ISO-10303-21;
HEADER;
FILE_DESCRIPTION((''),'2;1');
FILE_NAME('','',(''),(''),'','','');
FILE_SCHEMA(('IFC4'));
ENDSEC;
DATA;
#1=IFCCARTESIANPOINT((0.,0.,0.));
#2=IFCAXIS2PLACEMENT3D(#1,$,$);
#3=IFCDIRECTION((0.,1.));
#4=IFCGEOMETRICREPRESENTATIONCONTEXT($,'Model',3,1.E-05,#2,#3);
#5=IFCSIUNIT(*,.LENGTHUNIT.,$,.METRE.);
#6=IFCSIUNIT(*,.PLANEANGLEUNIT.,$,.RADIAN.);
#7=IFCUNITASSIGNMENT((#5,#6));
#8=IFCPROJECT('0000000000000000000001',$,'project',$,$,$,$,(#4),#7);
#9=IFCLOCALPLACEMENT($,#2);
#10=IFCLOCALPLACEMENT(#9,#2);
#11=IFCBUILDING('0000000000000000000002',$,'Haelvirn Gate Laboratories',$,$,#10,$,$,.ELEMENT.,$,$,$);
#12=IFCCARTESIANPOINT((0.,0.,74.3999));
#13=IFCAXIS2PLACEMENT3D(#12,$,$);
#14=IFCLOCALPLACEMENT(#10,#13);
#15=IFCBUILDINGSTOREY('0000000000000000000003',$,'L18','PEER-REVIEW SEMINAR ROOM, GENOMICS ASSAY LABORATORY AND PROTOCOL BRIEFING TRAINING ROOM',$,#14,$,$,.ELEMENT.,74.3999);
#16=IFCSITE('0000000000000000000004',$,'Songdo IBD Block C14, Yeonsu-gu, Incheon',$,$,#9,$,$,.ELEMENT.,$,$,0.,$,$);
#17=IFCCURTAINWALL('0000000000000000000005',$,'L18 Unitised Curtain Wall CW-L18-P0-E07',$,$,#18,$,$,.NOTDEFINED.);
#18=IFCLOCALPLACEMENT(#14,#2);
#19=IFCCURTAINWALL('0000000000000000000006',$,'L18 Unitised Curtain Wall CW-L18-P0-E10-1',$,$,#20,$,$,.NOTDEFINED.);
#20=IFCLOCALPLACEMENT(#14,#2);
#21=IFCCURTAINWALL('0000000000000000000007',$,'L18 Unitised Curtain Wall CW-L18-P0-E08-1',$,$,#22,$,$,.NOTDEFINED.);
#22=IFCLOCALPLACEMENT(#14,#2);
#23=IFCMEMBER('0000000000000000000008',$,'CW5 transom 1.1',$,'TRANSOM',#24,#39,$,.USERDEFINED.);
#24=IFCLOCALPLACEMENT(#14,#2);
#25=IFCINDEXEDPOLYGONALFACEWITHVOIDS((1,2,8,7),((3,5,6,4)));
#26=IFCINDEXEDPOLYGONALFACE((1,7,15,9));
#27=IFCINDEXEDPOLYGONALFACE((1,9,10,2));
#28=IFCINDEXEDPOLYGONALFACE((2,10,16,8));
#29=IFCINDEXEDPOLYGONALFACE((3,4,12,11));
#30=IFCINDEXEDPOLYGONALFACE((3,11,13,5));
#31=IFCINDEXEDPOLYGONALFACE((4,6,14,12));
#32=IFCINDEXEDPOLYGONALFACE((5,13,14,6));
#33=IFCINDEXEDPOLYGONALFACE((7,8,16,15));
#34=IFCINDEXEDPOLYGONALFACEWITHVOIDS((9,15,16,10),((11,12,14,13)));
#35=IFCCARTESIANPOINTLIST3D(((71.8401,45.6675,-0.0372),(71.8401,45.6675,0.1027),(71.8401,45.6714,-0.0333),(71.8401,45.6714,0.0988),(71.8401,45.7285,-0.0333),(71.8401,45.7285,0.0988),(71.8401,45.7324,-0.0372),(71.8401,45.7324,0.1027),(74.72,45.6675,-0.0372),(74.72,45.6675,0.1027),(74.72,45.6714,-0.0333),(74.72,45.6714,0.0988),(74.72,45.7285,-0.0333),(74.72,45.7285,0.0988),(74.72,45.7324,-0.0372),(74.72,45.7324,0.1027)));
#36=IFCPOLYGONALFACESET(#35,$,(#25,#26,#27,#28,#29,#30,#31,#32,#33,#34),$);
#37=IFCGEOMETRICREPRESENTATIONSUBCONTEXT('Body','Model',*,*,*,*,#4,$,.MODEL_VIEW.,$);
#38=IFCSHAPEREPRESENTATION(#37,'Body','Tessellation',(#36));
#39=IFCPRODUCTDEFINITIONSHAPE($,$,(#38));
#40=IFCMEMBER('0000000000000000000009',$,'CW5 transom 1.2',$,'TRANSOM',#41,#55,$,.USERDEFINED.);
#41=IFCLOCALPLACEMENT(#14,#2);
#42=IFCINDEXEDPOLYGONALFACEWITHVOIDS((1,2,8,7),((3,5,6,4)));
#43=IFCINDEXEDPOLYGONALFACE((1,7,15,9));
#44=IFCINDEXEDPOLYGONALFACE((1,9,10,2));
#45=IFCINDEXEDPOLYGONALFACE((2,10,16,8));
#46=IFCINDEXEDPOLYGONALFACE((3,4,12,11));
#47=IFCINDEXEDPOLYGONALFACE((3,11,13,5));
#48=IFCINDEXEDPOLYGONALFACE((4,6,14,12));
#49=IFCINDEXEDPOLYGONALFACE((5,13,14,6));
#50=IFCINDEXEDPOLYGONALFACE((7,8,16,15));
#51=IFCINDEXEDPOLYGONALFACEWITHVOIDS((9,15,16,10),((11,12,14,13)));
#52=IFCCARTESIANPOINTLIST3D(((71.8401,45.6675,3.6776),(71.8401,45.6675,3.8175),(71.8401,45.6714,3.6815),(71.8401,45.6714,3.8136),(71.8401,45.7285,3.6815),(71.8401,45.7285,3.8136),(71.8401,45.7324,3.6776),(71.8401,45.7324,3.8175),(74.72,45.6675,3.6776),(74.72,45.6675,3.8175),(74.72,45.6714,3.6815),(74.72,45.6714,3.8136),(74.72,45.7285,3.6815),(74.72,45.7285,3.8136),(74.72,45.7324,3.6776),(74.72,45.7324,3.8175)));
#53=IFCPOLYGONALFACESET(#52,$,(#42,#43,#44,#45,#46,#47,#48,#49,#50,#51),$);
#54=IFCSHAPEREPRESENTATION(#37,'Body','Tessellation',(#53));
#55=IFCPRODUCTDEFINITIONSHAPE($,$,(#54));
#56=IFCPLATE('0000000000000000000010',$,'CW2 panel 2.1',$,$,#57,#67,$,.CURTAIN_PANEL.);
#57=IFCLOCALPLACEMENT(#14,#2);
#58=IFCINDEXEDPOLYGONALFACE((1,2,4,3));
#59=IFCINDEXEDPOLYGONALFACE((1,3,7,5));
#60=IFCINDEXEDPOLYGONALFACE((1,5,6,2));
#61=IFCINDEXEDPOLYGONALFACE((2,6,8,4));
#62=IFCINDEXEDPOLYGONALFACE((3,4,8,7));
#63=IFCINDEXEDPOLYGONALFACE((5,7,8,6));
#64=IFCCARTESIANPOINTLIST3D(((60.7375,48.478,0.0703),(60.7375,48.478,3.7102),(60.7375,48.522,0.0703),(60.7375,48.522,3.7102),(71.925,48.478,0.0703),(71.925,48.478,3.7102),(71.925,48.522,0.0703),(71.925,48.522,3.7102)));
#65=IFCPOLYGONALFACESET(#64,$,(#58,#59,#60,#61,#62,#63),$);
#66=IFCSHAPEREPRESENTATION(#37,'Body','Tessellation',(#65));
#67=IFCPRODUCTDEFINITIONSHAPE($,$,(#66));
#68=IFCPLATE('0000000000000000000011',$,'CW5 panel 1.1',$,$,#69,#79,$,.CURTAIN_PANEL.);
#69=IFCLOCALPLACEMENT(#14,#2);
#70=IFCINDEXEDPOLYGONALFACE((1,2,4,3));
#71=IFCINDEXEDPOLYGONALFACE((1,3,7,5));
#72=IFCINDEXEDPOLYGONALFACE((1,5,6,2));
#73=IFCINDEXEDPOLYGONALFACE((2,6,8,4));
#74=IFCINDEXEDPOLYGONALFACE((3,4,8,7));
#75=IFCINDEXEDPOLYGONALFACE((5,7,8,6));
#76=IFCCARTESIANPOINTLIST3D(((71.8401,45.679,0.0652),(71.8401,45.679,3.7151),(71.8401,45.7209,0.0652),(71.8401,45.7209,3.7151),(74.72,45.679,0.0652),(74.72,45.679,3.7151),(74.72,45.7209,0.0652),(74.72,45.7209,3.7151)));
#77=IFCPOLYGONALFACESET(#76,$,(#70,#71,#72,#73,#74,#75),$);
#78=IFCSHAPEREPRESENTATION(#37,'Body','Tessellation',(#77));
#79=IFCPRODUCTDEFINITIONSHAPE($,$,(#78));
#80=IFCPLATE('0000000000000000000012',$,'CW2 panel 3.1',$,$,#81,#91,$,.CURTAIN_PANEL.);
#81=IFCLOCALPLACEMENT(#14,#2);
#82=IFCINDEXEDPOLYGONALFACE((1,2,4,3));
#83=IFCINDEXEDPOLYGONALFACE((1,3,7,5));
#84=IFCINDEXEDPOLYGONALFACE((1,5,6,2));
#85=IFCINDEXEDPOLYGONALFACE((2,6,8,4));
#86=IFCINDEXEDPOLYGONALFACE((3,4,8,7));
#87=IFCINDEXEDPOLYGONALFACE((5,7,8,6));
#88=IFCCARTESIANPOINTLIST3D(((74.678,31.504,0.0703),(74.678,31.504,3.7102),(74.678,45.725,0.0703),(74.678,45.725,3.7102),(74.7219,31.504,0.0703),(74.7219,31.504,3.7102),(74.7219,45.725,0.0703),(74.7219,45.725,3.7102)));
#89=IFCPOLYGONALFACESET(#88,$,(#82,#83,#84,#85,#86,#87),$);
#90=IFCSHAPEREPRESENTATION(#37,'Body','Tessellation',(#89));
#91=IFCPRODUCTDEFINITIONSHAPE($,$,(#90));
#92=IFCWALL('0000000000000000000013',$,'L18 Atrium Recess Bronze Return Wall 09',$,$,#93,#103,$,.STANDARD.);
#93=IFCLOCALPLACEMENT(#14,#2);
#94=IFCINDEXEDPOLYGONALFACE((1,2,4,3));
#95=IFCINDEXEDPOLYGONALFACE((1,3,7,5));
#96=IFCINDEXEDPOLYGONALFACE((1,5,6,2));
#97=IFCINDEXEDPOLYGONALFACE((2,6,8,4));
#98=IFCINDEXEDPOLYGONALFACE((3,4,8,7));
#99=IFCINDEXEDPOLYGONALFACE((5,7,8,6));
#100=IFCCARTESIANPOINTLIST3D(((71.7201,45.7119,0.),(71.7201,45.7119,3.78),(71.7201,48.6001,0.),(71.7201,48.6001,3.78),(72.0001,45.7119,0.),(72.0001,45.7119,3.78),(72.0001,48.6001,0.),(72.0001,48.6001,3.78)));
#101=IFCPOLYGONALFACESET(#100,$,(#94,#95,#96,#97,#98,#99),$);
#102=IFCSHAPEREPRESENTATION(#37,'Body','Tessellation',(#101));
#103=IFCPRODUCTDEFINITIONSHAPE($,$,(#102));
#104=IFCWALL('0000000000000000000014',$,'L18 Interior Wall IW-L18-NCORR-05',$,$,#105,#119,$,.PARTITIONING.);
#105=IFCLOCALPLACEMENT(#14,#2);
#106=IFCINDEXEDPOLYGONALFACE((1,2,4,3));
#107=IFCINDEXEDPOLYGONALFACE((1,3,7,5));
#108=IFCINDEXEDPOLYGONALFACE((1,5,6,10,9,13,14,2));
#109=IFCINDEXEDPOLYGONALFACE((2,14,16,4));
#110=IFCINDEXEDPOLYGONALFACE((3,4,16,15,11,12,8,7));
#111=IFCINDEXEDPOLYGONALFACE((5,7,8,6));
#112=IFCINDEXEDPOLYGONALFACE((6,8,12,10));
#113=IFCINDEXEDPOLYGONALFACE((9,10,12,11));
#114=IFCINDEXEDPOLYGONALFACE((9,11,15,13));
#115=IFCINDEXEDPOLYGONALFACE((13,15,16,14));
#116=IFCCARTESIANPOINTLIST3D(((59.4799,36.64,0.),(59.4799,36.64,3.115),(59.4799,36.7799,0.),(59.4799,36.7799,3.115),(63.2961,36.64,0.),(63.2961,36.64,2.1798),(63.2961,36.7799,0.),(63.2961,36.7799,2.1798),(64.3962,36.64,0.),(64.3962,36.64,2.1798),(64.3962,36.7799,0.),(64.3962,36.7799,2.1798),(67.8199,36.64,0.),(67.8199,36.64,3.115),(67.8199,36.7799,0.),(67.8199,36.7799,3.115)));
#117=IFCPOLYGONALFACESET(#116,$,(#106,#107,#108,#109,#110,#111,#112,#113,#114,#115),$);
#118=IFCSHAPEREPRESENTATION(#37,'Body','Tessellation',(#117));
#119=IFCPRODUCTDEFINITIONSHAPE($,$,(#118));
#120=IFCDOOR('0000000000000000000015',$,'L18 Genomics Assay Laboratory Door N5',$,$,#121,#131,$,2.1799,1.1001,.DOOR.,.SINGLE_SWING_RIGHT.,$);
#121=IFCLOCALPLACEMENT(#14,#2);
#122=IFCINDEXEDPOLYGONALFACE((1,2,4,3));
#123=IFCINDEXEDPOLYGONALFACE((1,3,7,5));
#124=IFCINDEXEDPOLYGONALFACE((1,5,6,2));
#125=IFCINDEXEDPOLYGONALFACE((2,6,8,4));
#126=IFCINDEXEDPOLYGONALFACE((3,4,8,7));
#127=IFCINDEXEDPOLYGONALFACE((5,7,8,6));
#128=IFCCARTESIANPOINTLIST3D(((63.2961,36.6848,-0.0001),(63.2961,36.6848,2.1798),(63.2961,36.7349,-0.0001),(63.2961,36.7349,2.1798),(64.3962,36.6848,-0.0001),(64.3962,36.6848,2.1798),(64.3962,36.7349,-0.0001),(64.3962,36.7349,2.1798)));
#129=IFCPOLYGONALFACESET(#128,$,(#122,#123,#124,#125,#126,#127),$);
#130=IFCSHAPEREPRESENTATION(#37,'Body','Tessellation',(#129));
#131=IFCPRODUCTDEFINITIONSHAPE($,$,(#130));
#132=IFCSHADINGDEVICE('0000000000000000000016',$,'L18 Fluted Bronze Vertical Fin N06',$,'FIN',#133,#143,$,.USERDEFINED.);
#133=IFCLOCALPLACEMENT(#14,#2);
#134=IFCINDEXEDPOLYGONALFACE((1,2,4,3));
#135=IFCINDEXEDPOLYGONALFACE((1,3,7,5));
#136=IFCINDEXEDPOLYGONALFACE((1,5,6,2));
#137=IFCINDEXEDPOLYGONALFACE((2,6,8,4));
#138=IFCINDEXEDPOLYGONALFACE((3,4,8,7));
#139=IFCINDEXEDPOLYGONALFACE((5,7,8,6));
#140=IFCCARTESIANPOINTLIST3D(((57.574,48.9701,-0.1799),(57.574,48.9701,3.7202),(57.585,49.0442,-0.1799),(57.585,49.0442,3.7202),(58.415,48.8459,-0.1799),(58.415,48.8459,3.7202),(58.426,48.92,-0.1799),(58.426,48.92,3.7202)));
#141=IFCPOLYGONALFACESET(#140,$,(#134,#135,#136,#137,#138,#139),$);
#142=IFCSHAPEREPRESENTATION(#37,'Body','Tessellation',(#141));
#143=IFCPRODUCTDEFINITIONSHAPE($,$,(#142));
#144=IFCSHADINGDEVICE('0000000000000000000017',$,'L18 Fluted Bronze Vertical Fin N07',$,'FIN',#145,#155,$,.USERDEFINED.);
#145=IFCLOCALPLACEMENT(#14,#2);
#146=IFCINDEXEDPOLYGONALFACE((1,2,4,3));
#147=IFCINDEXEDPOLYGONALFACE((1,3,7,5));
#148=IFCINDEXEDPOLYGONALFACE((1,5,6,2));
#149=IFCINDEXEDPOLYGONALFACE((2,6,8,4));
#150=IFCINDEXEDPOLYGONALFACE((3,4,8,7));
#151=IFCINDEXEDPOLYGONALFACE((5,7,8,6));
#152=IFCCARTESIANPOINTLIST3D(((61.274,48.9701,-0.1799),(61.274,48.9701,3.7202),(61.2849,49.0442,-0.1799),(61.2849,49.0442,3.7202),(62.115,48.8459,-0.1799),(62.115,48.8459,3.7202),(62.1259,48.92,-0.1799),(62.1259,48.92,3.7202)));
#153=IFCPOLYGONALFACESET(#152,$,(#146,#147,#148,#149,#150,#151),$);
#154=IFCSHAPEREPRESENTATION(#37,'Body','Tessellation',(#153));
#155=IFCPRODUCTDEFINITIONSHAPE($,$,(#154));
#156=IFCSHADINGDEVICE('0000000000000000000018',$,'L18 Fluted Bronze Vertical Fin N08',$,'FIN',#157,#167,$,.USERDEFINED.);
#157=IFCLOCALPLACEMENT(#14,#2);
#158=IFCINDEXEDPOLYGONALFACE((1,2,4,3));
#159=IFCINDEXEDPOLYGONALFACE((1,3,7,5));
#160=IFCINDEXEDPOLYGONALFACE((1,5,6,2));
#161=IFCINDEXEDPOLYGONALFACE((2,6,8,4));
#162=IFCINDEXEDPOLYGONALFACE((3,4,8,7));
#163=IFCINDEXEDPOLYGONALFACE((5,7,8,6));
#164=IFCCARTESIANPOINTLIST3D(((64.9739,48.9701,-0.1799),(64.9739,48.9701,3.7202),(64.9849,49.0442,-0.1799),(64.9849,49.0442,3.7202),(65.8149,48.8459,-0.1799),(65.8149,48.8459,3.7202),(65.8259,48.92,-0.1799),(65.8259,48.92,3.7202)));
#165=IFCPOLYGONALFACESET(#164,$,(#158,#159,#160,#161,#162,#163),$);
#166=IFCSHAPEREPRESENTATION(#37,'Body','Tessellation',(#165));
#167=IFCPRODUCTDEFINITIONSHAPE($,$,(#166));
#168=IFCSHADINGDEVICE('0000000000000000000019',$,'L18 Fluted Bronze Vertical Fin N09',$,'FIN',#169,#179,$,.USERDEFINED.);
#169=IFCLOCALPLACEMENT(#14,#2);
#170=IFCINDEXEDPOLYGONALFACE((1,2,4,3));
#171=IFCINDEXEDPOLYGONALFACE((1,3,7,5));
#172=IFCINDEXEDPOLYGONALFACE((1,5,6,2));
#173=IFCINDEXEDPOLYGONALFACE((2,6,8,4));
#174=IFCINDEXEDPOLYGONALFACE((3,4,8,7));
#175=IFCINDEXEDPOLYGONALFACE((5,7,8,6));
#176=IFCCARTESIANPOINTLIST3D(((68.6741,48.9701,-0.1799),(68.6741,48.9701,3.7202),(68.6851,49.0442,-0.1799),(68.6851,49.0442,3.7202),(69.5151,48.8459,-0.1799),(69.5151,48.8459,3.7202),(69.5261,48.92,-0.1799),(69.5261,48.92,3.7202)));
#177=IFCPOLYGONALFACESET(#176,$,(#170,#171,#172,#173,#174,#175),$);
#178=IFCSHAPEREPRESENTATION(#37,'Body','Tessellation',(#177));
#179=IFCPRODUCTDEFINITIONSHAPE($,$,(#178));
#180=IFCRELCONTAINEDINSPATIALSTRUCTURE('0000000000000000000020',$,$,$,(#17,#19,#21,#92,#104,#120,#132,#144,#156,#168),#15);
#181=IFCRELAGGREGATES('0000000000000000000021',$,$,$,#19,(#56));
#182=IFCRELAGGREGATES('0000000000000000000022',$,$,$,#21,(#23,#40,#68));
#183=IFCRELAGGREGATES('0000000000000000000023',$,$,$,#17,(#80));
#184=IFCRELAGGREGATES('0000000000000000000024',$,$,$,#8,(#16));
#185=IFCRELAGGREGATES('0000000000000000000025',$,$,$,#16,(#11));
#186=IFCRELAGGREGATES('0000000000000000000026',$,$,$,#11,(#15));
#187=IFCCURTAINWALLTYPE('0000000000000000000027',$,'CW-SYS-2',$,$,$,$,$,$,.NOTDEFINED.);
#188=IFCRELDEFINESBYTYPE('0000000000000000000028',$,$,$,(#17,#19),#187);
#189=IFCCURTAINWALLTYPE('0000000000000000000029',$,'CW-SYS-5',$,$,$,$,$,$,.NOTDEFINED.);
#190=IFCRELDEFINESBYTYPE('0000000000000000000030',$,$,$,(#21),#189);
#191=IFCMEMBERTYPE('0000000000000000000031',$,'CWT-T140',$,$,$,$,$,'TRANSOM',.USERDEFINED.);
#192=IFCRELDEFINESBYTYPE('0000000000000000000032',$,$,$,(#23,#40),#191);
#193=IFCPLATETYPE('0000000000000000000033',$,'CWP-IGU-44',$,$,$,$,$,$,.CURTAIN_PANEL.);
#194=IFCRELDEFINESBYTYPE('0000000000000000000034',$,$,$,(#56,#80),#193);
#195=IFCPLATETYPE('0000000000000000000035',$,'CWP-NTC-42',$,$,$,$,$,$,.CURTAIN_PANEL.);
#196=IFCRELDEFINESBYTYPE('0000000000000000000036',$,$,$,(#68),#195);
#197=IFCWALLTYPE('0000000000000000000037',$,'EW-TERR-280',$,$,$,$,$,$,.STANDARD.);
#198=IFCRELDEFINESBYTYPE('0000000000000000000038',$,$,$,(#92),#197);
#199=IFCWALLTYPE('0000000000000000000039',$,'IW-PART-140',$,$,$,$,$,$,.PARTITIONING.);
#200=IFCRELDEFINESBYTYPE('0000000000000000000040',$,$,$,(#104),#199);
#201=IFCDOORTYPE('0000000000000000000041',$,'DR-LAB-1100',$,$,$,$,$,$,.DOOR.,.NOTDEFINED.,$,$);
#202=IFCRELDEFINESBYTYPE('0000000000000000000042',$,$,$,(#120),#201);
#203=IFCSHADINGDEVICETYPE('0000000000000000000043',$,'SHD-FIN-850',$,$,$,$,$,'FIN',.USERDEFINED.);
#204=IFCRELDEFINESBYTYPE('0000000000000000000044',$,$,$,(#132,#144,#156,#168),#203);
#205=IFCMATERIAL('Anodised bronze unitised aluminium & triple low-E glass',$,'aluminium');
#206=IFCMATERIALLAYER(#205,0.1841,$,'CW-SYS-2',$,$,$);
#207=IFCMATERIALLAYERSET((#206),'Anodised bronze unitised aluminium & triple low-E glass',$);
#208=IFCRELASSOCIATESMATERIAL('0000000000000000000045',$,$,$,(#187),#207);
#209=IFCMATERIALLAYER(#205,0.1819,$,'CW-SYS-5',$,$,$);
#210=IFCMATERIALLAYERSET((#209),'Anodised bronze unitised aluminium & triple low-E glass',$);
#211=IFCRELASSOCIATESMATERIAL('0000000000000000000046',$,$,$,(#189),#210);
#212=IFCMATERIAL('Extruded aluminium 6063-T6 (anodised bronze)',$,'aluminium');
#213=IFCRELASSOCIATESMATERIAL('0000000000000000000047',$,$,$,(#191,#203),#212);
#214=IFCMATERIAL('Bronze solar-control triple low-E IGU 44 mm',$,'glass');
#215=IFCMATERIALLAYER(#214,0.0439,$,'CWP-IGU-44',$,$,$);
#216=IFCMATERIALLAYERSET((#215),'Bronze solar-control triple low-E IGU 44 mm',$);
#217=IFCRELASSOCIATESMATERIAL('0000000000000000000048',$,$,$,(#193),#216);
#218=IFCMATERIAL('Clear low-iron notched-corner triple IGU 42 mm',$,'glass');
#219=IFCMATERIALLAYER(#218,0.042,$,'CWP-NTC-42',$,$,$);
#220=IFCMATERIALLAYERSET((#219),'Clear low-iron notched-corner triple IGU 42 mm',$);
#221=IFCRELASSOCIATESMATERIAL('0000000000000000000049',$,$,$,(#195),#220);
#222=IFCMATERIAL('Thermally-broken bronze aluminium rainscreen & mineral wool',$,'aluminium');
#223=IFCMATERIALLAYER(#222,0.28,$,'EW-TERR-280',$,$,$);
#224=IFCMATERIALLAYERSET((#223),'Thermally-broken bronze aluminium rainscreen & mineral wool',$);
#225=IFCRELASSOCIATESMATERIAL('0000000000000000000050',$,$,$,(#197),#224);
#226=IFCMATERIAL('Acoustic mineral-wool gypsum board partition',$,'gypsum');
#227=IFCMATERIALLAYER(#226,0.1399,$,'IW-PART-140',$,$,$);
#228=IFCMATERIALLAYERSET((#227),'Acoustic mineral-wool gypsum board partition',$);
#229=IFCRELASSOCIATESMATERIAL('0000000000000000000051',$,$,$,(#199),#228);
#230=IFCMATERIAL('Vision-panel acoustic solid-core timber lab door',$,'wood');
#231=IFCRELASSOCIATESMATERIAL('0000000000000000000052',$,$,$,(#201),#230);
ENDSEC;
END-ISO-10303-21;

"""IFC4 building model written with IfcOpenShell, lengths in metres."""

from ifc_helpers import new_model, si_unit, direction, frame, frame_2d, origin, origin_2d, place, context, subcontext, project, spatial, rectangle, hollow_rectangle, extrude, source, transform, mapped, material, layer, layer_set, material_profile, profile_set, type_object, type_shapes, element, fill, aggregate, save


model = new_model("IFC4")

# Units and contexts
model_context = context("Model", 3, precision=1e-05, world=origin(), true_north=direction((0.0, 1.0)))
body_context = subcontext(model_context, "Body", "Model", "MODEL_VIEW")
ifc_project = project(units=[si_unit("LENGTHUNIT", "METRE"), si_unit("PLANEANGLEUNIT", "RADIAN")], contexts=[model_context])

# Site, building, storey
site_placement = place(None, origin())
site = spatial("IfcSite", under=ifc_project, at=site_placement, Name="Songdo IBD Block C14, Yeonsu-gu, Incheon", CompositionType="ELEMENT", RefElevation=0.0)
building_placement = place(site_placement, origin())
building = spatial("IfcBuilding", under=site, at=building_placement, Name="Haelvirn Gate Laboratories", CompositionType="ELEMENT")
storey_placement = place(building_placement, frame((0.0, 0.0, 74.3999)))
storey = spatial("IfcBuildingStorey", under=building, at=storey_placement, Name="L18", Description="PEER-REVIEW SEMINAR ROOM, GENOMICS ASSAY LABORATORY AND PROTOCOL BRIEFING TRAINING ROOM", CompositionType="ELEMENT", Elevation=74.3999)

# Curtain wall
ifc_material_1 = material(Name="Anodised bronze unitised aluminium & triple low-E glass", Category="aluminium")
ifc_layer_1 = layer(ifc_material_1, 0.1841, Name="CW-SYS-2")
ifc_layer_set_1 = layer_set([ifc_layer_1], Name="Anodised bronze unitised aluminium & triple low-E glass")
curtain_wall_type_1 = type_object("IfcCurtainWallType", Name="CW-SYS-2", PredefinedType="NOTDEFINED", material=ifc_layer_set_1)
curtain_wall_1_placement = place(storey_placement, origin())
curtain_wall_1 = element("IfcCurtainWall", 1, at=curtain_wall_1_placement, inside=storey, type_object=curtain_wall_type_1, Name="L18 Unitised Curtain Wall CW-L18-P0-E07", PredefinedType="NOTDEFINED")
ifc_material_2 = material(Name="Extruded aluminium 6063-T6 (anodised bronze)", Category="aluminium")

# Curtain walls, members
curtain_wall_2_placement = place(storey_placement, origin())
curtain_wall_2 = element("IfcCurtainWall", 2, at=curtain_wall_2_placement, inside=storey, type_object=curtain_wall_type_1, Name="L18 Unitised Curtain Wall CW-L18-P0-E10-1", PredefinedType="NOTDEFINED")
ifc_layer_2 = layer(ifc_material_1, 0.1819, Name="CW-SYS-5")
ifc_layer_set_2 = layer_set([ifc_layer_2], Name="Anodised bronze unitised aluminium & triple low-E glass")
curtain_wall_type_2 = type_object("IfcCurtainWallType", Name="CW-SYS-5", PredefinedType="NOTDEFINED", material=ifc_layer_set_2)
curtain_wall_3_placement = place(storey_placement, origin())
curtain_wall_3 = element("IfcCurtainWall", 3, at=curtain_wall_3_placement, inside=storey, type_object=curtain_wall_type_2, Name="L18 Unitised Curtain Wall CW-L18-P0-E08-1", PredefinedType="NOTDEFINED")
ifc_material_profile_1 = material_profile(ifc_material_2, hollow_rectangle(XDim=0.0649, YDim=0.1399, WallThickness=0.0039, at=origin_2d()), Name="CWT-140x65x4")
ifc_profile_set_1 = profile_set([ifc_material_profile_1], Name="Extruded aluminium 6063-T6 (anodised bronze)")
member_type_1 = type_object("IfcMemberType", Name="CWT-T140", ElementType="TRANSOM", PredefinedType="USERDEFINED", material=ifc_profile_set_1)
shared_shape_1 = source(origin(), body_context, "Body", "SweptSolid", [
    extrude(hollow_rectangle(XDim=0.0649, YDim=0.1399, WallThickness=0.0039, at=origin_2d()), origin(), (0.0, 0.0, 1.0), 2.8799),
])
type_shapes(member_type_1, [shared_shape_1])
member_1_placement = place(storey_placement, frame((71.8401, 45.7, 0.0327), z_axis=(1.0, 0.0, 0.0), x_axis=(0.0, 1.0, 0.0)))
member_1 = element("IfcMember", 4, at=member_1_placement, type_object=member_type_1, Name="CW5 transom 1.1", ObjectType="TRANSOM", PredefinedType="USERDEFINED", context=body_context, shape_type="MappedRepresentation", body=[
    mapped(shared_shape_1, transform((0.0, 0.0, 0.0), scale=1.0)),
])
member_2_placement = place(storey_placement, frame((71.8401, 45.7, 3.7476), z_axis=(1.0, 0.0, 0.0), x_axis=(0.0, 1.0, 0.0)))
member_2 = element("IfcMember", 5, at=member_2_placement, type_object=member_type_1, Name="CW5 transom 1.2", ObjectType="TRANSOM", PredefinedType="USERDEFINED", context=body_context, shape_type="MappedRepresentation", body=[
    mapped(shared_shape_1, transform((0.0, 0.0, 0.0), scale=1.0)),
])

# Plates
ifc_material_3 = material(Name="Bronze solar-control triple low-E IGU 44 mm", Category="glass")
ifc_layer_3 = layer(ifc_material_3, 0.0439, Name="CWP-IGU-44")
ifc_layer_set_3 = layer_set([ifc_layer_3], Name="Bronze solar-control triple low-E IGU 44 mm")
plate_type_1 = type_object("IfcPlateType", Name="CWP-IGU-44", PredefinedType="CURTAIN_PANEL", material=ifc_layer_set_3)
shared_shape_2 = source(origin(), body_context, "Body", "SweptSolid", [
    extrude(rectangle(XDim=11.1875, YDim=0.0439, at=origin_2d()), origin(), (0.0, 0.0, 1.0), 3.6399),
])
plate_1_placement = place(storey_placement, frame((66.3313, 48.5, 0.0703), z_axis=(0.0, 0.0, 1.0), x_axis=(1.0, 0.0, 0.0)))
plate_1 = element("IfcPlate", 6, at=plate_1_placement, type_object=plate_type_1, Name="CW2 panel 2.1", PredefinedType="CURTAIN_PANEL", context=body_context, shape_type="MappedRepresentation", body=[
    mapped(shared_shape_2, transform((0.0, 0.0, 0.0), scale=1.0)),
])
aggregate(curtain_wall_2, [plate_1])
ifc_material_4 = material(Name="Clear low-iron notched-corner triple IGU 42 mm", Category="glass")
ifc_layer_4 = layer(ifc_material_4, 0.042, Name="CWP-NTC-42")
ifc_layer_set_4 = layer_set([ifc_layer_4], Name="Clear low-iron notched-corner triple IGU 42 mm")
plate_type_2 = type_object("IfcPlateType", Name="CWP-NTC-42", PredefinedType="CURTAIN_PANEL", material=ifc_layer_set_4)
shared_shape_3 = source(origin(), body_context, "Body", "SweptSolid", [
    extrude(rectangle(XDim=2.8799, YDim=0.042, at=origin_2d()), origin(), (0.0, 0.0, 1.0), 3.6499),
])
type_shapes(plate_type_2, [shared_shape_3])
plate_2_placement = place(storey_placement, frame((73.28, 45.7, 0.0652), z_axis=(0.0, 0.0, 1.0), x_axis=(1.0, 0.0, 0.0)))
plate_2 = element("IfcPlate", 7, at=plate_2_placement, type_object=plate_type_2, Name="CW5 panel 1.1", PredefinedType="CURTAIN_PANEL", context=body_context, shape_type="MappedRepresentation", body=[
    mapped(shared_shape_3, transform((0.0, 0.0, 0.0), scale=1.0)),
])
aggregate(curtain_wall_3, [member_1, member_2, plate_2])
shared_shape_4 = source(origin(), body_context, "Body", "SweptSolid", [
    extrude(rectangle(XDim=14.2209, YDim=0.0439, at=origin_2d()), origin(), (0.0, 0.0, 1.0), 3.6399),
])
type_shapes(plate_type_1, [shared_shape_2, shared_shape_4])
plate_3_placement = place(storey_placement, frame((74.7, 38.6145, 0.0703), z_axis=(0.0, 0.0, 1.0), x_axis=(0.0, 1.0, 0.0)))
plate_3 = element("IfcPlate", 8, at=plate_3_placement, type_object=plate_type_1, Name="CW2 panel 3.1", PredefinedType="CURTAIN_PANEL", context=body_context, shape_type="MappedRepresentation", body=[
    mapped(shared_shape_4, transform((0.0, 0.0, 0.0), scale=1.0)),
])
aggregate(curtain_wall_1, [plate_3])

# Wall
ifc_material_5 = material(Name="Thermally-broken bronze aluminium rainscreen & mineral wool", Category="aluminium")
ifc_layer_5 = layer(ifc_material_5, 0.28, Name="EW-TERR-280")
ifc_layer_set_5 = layer_set([ifc_layer_5], Name="Thermally-broken bronze aluminium rainscreen & mineral wool")
wall_type_1 = type_object("IfcWallType", Name="EW-TERR-280", PredefinedType="STANDARD", material=ifc_layer_set_5)
wall_1_placement = place(storey_placement, frame((71.8601, 45.7119, 0.0), z_axis=(0.0, 0.0, 1.0), x_axis=(0.0, 1.0, 0.0)))
element("IfcWall", 9, at=wall_1_placement, inside=storey, type_object=wall_type_1, Name="L18 Atrium Recess Bronze Return Wall 09", PredefinedType="STANDARD", context=body_context, shape_type="SweptSolid", body=[
    extrude(rectangle(XDim=2.8882, YDim=0.28, at=frame_2d((1.4441, 0.0))), origin(), (0.0, 0.0, 1.0), 3.78),
])

# Wall, opening, door
ifc_material_6 = material(Name="Acoustic mineral-wool gypsum board partition", Category="gypsum")
ifc_layer_6 = layer(ifc_material_6, 0.1399, Name="IW-PART-140")
ifc_layer_set_6 = layer_set([ifc_layer_6], Name="Acoustic mineral-wool gypsum board partition")
wall_type_2 = type_object("IfcWallType", Name="IW-PART-140", PredefinedType="PARTITIONING", material=ifc_layer_set_6)
wall_2_placement = place(storey_placement, frame((59.48, 36.71, 0.0), z_axis=(0.0, 0.0, 1.0), x_axis=(1.0, 0.0, 0.0)))
wall_2 = element("IfcWall", 10, at=wall_2_placement, inside=storey, type_object=wall_type_2, Name="L18 Interior Wall IW-L18-NCORR-05", PredefinedType="PARTITIONING", context=body_context, shape_type="SweptSolid", body=[
    extrude(rectangle(XDim=8.3401, YDim=0.1399, at=frame_2d((4.1699, 0.0))), origin(), (0.0, 0.0, 1.0), 3.115),
])
opening_placement = place(wall_2_placement, frame((3.8162, 0.0, 0.0)))
opening = element("IfcOpeningElement", 11, at=opening_placement, cuts=wall_2, PredefinedType="OPENING", context=body_context, shape_type="SweptSolid", body=[
    extrude(rectangle(XDim=1.1001, YDim=2.1799, at=frame_2d((0.55, 1.0898))), frame((0.0, 0.0801, 0.0), z_axis=(0.0, -1.0, 0.0), x_axis=(1.0, 0.0, 0.0)), (0.0, 0.0, 1.0), 0.1599),
])
ifc_material_7 = material(Name="Vision-panel acoustic solid-core timber lab door", Category="wood")
door_type = type_object("IfcDoorType", Name="DR-LAB-1100", OperationType="NOTDEFINED", PredefinedType="DOOR", material=ifc_material_7)
shared_shape_5 = source(origin(), body_context, "Body", "SweptSolid", [
    extrude(rectangle(XDim=1.1001, YDim=2.1799, at=frame_2d((0.55, 1.0898))), frame((0.0, 0.0249, 0.0), z_axis=(0.0, -1.0, 0.0), x_axis=(1.0, 0.0, 0.0)), (0.0, 0.0, 1.0), 0.05),
])
type_shapes(door_type, [shared_shape_5])
door_placement = place(opening_placement, origin())
door = element("IfcDoor", 12, at=door_placement, inside=storey, type_object=door_type, Name="L18 Genomics Assay Laboratory Door N5", OperationType="SINGLE_SWING_RIGHT", OverallHeight=2.1799, OverallWidth=1.1001, PredefinedType="DOOR", context=body_context, shape_type="MappedRepresentation", body=[
    mapped(shared_shape_5, transform((0.0, 0.0, 0.0), scale=1.0)),
])
fill(opening, door)

# Shading devices
ifc_material_profile_2 = material_profile(ifc_material_2, rectangle(XDim=0.075, YDim=0.8501, at=origin_2d()), Name="FIN-850x75")
ifc_profile_set_2 = profile_set([ifc_material_profile_2], Name="Extruded aluminium 6063-T6 (anodised bronze)")
shading_device_type = type_object("IfcShadingDeviceType", Name="SHD-FIN-850", ElementType="FIN", PredefinedType="USERDEFINED", material=ifc_profile_set_2)
shared_shape_6 = source(origin(), body_context, "Body", "SweptSolid", [
    extrude(rectangle(XDim=0.075, YDim=0.8501, at=origin_2d()), origin(), (0.0, 0.0, 1.0), 3.9001),
])
type_shapes(shading_device_type, [shared_shape_6])
for number, where, z_axis, x_axis, name in (
    (13, (58.0, 48.9451, -0.1799), (0.0, 0.0, 1.0), (0.146083, 0.989272, 0.0), "L18 Fluted Bronze Vertical Fin N06"),
    (14, (61.7, 48.9451, -0.1799), (0.0, 0.0, 1.0), (0.146083, 0.989272, 0.0), "L18 Fluted Bronze Vertical Fin N07"),
    (15, (65.3999, 48.9451, -0.1799), (0.0, 0.0, 1.0), (0.146083, 0.989272, 0.0), "L18 Fluted Bronze Vertical Fin N08"),
    (16, (69.1001, 48.9451, -0.1799), (0.0, 0.0, 1.0), (0.146083, 0.989272, 0.0), "L18 Fluted Bronze Vertical Fin N09"),
):
    element("IfcShadingDevice", number, at=place(storey_placement, frame(where, z_axis=z_axis, x_axis=x_axis)), inside=storey, type_object=shading_device_type, Name=name, ObjectType="FIN", PredefinedType="USERDEFINED", context=body_context, shape_type="MappedRepresentation", body=[
        mapped(shared_shape_6, transform((0.0, 0.0, 0.0), scale=1.0)),
    ])

save(model, "model.ifc")
